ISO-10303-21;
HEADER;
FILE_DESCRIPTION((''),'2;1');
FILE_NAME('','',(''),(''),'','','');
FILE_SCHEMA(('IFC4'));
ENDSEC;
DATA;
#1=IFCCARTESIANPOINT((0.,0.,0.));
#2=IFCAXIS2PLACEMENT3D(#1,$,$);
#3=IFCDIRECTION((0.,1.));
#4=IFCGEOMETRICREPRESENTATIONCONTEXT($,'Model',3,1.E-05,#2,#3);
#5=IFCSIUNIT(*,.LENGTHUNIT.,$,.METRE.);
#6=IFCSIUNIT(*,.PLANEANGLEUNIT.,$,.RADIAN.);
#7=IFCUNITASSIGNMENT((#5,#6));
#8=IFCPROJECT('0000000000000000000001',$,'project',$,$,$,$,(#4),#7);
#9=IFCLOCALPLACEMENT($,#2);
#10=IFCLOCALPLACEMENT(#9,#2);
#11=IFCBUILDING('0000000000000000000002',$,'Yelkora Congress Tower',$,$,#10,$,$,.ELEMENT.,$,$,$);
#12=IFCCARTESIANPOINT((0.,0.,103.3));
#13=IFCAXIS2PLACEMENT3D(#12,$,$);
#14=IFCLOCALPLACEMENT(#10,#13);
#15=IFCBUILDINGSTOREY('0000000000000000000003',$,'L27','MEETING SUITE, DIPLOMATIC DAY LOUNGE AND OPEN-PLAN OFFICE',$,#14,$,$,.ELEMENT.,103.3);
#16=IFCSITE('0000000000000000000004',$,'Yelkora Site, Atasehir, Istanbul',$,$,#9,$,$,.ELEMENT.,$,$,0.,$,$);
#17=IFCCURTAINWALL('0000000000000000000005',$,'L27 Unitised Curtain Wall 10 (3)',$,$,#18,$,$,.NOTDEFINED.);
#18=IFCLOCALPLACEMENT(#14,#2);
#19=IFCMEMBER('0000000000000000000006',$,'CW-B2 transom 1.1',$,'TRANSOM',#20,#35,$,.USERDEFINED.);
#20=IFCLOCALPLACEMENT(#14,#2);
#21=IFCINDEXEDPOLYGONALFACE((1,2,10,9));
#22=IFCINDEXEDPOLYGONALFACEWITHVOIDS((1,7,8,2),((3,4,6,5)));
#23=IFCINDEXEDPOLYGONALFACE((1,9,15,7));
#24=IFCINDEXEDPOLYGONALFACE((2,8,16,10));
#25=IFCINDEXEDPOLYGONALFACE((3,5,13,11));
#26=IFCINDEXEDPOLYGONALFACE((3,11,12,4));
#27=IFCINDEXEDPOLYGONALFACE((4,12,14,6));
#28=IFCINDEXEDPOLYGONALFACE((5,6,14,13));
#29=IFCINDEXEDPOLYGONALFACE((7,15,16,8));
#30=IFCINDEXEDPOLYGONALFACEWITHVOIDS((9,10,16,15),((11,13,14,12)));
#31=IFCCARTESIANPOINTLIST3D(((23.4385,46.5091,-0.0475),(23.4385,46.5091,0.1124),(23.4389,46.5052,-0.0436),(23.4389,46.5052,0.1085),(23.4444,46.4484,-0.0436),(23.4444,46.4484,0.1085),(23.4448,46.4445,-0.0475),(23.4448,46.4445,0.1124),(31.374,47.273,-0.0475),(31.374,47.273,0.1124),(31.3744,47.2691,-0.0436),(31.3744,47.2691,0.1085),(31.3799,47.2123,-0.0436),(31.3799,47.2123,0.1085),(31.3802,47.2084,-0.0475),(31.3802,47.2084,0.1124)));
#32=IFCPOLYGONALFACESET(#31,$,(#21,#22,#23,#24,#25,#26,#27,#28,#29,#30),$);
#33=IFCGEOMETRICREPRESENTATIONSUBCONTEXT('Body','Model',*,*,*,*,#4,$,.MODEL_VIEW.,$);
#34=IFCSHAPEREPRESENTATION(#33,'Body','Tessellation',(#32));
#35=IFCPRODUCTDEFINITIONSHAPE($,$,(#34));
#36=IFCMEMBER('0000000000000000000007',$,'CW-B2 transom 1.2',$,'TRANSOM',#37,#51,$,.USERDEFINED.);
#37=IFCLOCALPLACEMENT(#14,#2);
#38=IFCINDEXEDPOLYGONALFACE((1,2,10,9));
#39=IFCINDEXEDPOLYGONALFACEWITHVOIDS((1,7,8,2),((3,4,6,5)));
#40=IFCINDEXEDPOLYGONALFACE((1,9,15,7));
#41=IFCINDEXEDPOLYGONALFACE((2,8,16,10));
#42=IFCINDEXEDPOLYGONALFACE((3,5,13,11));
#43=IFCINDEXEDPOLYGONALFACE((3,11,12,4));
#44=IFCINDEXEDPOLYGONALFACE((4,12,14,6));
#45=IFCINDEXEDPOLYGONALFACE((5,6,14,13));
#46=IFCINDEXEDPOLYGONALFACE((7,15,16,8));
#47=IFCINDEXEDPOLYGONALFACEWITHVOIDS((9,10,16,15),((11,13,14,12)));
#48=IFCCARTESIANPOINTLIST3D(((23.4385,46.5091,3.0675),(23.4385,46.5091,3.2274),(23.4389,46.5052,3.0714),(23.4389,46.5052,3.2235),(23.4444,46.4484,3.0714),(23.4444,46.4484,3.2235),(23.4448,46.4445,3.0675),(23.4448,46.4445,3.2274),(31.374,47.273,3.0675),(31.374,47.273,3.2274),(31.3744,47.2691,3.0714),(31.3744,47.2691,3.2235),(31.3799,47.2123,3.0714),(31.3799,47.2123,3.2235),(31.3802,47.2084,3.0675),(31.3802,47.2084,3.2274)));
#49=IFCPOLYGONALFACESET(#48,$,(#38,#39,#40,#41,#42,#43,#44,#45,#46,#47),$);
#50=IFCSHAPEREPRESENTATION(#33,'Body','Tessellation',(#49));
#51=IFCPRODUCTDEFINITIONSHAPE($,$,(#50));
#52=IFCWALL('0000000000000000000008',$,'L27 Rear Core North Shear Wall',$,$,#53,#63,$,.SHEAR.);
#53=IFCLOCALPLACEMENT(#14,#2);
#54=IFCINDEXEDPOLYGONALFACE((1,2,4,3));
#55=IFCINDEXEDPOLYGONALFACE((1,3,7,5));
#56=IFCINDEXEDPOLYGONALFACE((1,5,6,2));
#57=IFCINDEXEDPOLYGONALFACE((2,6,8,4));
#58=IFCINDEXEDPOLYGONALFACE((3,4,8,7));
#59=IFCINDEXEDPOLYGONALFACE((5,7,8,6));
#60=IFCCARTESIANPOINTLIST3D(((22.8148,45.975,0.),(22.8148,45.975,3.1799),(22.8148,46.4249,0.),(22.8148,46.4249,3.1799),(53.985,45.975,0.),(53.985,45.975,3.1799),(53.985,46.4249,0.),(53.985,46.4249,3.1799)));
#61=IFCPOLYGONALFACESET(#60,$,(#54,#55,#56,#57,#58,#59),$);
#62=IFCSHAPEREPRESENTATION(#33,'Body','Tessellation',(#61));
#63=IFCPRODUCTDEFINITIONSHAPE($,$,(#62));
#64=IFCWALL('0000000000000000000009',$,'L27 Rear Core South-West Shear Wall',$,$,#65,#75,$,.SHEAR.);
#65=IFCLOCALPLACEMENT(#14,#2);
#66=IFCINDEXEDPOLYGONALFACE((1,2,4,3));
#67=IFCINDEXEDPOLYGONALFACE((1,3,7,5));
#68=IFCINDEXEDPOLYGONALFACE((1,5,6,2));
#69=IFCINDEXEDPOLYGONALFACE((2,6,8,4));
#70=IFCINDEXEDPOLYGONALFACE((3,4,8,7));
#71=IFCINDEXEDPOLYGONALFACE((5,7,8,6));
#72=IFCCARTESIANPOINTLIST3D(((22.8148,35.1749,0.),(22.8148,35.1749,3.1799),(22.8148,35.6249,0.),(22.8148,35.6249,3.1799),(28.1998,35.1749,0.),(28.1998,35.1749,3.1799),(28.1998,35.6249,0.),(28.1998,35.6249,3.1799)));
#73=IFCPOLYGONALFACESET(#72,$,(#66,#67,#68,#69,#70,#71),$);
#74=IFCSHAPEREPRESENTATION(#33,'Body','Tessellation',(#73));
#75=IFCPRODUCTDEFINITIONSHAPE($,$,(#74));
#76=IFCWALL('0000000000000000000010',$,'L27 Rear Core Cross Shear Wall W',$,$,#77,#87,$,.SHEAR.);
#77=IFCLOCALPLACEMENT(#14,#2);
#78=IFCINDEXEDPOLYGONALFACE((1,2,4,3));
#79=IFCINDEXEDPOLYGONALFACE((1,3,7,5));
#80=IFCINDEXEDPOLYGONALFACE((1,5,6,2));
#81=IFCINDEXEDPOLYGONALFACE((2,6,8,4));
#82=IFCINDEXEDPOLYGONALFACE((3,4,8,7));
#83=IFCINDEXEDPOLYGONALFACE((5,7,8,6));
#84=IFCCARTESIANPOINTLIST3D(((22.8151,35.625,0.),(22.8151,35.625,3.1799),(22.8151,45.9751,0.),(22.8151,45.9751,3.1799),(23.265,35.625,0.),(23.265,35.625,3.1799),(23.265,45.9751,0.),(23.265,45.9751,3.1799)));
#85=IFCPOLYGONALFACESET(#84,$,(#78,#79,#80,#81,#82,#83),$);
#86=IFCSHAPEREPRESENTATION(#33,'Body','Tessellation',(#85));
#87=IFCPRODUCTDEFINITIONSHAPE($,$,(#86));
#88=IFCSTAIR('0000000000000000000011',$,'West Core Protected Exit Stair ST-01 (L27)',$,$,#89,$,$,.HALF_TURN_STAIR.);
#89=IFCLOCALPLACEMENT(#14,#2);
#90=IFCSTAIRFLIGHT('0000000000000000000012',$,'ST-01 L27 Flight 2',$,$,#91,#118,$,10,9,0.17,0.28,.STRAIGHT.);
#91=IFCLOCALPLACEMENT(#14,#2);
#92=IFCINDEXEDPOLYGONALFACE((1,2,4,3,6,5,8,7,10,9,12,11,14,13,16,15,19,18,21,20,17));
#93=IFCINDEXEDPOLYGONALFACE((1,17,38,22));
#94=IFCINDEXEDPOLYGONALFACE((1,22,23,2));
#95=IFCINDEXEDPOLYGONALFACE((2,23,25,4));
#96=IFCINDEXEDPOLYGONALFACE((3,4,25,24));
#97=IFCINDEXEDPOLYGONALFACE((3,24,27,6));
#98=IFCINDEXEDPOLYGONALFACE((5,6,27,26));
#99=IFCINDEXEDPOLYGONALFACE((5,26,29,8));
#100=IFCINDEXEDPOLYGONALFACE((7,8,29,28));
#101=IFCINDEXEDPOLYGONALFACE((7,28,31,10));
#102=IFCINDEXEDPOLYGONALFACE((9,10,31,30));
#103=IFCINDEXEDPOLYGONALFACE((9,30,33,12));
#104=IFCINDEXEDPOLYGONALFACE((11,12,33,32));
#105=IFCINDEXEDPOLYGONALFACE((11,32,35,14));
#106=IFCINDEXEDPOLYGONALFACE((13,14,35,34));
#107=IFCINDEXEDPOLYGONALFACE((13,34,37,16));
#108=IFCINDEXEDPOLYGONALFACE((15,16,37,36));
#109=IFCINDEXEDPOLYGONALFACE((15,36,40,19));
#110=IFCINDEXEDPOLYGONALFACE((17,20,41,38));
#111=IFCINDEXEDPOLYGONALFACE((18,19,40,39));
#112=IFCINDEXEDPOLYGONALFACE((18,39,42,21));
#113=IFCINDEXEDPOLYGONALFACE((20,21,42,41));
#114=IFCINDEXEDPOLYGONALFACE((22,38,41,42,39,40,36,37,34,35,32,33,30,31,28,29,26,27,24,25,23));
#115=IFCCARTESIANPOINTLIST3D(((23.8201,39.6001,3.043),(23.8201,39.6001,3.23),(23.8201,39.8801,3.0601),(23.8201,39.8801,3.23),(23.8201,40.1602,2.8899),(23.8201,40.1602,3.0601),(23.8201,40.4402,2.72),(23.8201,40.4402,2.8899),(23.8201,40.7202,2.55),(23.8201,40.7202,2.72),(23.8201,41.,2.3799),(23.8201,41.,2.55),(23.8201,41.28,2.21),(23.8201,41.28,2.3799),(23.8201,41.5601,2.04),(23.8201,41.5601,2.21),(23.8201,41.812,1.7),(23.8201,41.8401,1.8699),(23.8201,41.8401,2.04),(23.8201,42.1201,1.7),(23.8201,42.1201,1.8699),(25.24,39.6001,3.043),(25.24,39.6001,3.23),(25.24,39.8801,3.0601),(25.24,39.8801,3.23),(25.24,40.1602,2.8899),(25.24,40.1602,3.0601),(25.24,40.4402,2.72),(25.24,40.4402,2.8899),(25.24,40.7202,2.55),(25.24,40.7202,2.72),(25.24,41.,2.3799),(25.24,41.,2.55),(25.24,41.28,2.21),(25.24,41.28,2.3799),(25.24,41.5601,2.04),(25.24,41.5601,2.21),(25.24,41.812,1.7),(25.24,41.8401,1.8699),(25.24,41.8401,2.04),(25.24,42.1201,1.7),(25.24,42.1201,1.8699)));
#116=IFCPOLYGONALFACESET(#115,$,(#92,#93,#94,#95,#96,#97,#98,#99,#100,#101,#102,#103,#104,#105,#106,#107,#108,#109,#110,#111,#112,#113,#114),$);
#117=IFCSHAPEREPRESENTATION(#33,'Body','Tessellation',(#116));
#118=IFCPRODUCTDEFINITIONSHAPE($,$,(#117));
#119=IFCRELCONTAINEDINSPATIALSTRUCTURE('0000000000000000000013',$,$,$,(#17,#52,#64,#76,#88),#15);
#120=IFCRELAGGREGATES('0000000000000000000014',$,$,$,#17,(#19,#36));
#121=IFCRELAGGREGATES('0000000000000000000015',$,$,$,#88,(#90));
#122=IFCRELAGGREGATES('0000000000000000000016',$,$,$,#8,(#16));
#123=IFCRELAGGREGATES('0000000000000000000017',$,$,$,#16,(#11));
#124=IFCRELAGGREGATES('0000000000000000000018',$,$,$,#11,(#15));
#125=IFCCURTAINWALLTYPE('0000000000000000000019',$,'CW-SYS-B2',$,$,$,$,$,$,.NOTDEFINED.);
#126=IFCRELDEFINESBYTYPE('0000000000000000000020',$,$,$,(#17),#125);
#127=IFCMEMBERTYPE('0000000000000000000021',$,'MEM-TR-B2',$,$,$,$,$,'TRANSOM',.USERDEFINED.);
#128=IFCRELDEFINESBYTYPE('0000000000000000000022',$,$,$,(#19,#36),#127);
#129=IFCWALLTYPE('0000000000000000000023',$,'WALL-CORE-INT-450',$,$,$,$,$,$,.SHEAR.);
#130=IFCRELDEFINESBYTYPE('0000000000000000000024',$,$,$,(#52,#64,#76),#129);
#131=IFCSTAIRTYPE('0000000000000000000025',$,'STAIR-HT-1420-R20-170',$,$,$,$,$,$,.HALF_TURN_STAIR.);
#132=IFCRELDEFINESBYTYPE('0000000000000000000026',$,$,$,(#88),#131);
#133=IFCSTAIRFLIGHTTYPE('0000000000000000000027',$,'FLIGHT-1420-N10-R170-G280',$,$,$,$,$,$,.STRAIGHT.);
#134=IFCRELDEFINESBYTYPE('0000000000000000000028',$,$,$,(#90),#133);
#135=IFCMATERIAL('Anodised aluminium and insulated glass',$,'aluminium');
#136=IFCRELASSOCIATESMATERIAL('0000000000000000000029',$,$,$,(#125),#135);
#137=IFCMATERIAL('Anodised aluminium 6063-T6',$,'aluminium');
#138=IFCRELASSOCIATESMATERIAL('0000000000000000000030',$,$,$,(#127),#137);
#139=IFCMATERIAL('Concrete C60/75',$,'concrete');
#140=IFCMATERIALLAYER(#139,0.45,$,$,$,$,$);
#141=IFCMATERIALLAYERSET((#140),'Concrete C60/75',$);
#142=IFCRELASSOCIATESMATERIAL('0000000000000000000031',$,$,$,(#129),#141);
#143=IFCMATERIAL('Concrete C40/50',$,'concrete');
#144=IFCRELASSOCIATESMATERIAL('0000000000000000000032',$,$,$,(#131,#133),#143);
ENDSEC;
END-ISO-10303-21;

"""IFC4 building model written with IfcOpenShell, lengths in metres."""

from ifc_helpers import new_model, si_unit, direction, frame, frame_2d, origin, origin_2d, place, context, subcontext, project, spatial, polyline, rectangle, hollow_rectangle, outline, extrude, material, layer, layer_set, material_profile, profile_set, type_object, element, aggregate, save


model = new_model("IFC4")

# Units and contexts
model_context = context("Model", 3, precision=1e-05, world=origin(), true_north=direction((0.0, 1.0)))
body_context = subcontext(model_context, "Body", "Model", "MODEL_VIEW")
ifc_project = project(units=[si_unit("LENGTHUNIT", "METRE"), si_unit("PLANEANGLEUNIT", "RADIAN")], contexts=[model_context])

# Site, building, storey
site_placement = place(None, origin())
site = spatial("IfcSite", under=ifc_project, at=site_placement, Name="Yelkora Site, Atasehir, Istanbul", CompositionType="ELEMENT", RefElevation=0.0)
building_placement = place(site_placement, origin())
building = spatial("IfcBuilding", under=site, at=building_placement, Name="Yelkora Congress Tower", CompositionType="ELEMENT")
storey_placement = place(building_placement, frame((0.0, 0.0, 103.3)))
storey = spatial("IfcBuildingStorey", under=building, at=storey_placement, Name="L27", Description="MEETING SUITE, DIPLOMATIC DAY LOUNGE AND OPEN-PLAN OFFICE", CompositionType="ELEMENT", Elevation=103.3)

# Shared definitions
ifc_material_1 = material(Name="Anodised aluminium and insulated glass", Category="aluminium")
curtain_wall_type = type_object("IfcCurtainWallType", Name="CW-SYS-B2", PredefinedType="NOTDEFINED", material=ifc_material_1)
ifc_material_2 = material(Name="Anodised aluminium 6063-T6", Category="aluminium")

# Curtain wall, members
curtain_wall_1_placement = place(storey_placement, origin())
curtain_wall_1 = element("IfcCurtainWall", 1, at=curtain_wall_1_placement, inside=storey, type_object=curtain_wall_type, Name="L27 Unitised Curtain Wall 10 (3)", PredefinedType="NOTDEFINED")
ifc_material_profile_1 = material_profile(ifc_material_2, hollow_rectangle(XDim=0.0649, YDim=0.1599, WallThickness=0.0039, at=origin_2d()), Name="ALU 65x160x4")
ifc_profile_set_1 = profile_set([ifc_material_profile_1], Name="Anodised aluminium 6063-T6")
member_type_1 = type_object("IfcMemberType", Name="MEM-TR-B2", ElementType="TRANSOM", PredefinedType="USERDEFINED", material=ifc_profile_set_1)
member_1_placement = place(storey_placement, frame((23.4417, 46.4768, 0.0325), z_axis=(0.995398, 0.095822, 0.0), x_axis=(-0.095822, 0.995398, 0.0)))
member_1 = element("IfcMember", 2, at=member_1_placement, type_object=member_type_1, Name="CW-B2 transom 1.1", ObjectType="TRANSOM", PredefinedType="USERDEFINED", context=body_context, shape_type="SweptSolid", body=[
    extrude(hollow_rectangle(XDim=0.0649, YDim=0.1599, WallThickness=0.0039, at=origin_2d()), origin(), (0.0, 0.0, 1.0), 7.9722),
])
member_2_placement = place(storey_placement, frame((23.4417, 46.4768, 3.1475), z_axis=(0.995398, 0.095822, 0.0), x_axis=(-0.095822, 0.995398, 0.0)))
member_2 = element("IfcMember", 3, at=member_2_placement, type_object=member_type_1, Name="CW-B2 transom 1.2", ObjectType="TRANSOM", PredefinedType="USERDEFINED", context=body_context, shape_type="SweptSolid", body=[
    extrude(hollow_rectangle(XDim=0.0649, YDim=0.1599, WallThickness=0.0039, at=origin_2d()), origin(), (0.0, 0.0, 1.0), 7.9722),
])
aggregate(curtain_wall_1, [member_1, member_2])

# Walls
ifc_material_3 = material(Name="Concrete C60/75", Category="concrete")
ifc_layer_1 = layer(ifc_material_3, 0.45)
ifc_layer_set_1 = layer_set([ifc_layer_1], Name="Concrete C60/75")
wall_type_1 = type_object("IfcWallType", Name="WALL-CORE-INT-450", PredefinedType="SHEAR", material=ifc_layer_set_1)
wall_1_placement = place(storey_placement, frame((22.8149, 46.2, 0.0), z_axis=(0.0, 0.0, 1.0), x_axis=(1.0, 0.0, 0.0)))
element("IfcWall", 4, at=wall_1_placement, inside=storey, type_object=wall_type_1, Name="L27 Rear Core North Shear Wall", PredefinedType="SHEAR", context=body_context, shape_type="SweptSolid", body=[
    extrude(rectangle(XDim=31.1702, YDim=0.45, at=frame_2d((15.585, 0.0))), origin(), (0.0, 0.0, 1.0), 3.1799),
])
wall_2_placement = place(storey_placement, frame((22.8149, 35.3999, 0.0), z_axis=(0.0, 0.0, 1.0), x_axis=(1.0, 0.0, 0.0)))
element("IfcWall", 5, at=wall_2_placement, inside=storey, type_object=wall_type_1, Name="L27 Rear Core South-West Shear Wall", PredefinedType="SHEAR", context=body_context, shape_type="SweptSolid", body=[
    extrude(rectangle(XDim=5.385, YDim=0.45, at=frame_2d((2.6924, 0.0))), origin(), (0.0, 0.0, 1.0), 3.1799),
])
wall_3_placement = place(storey_placement, frame((23.04, 35.625, 0.0), z_axis=(0.0, 0.0, 1.0), x_axis=(0.0, 1.0, 0.0)))
element("IfcWall", 6, at=wall_3_placement, inside=storey, type_object=wall_type_1, Name="L27 Rear Core Cross Shear Wall W", PredefinedType="SHEAR", context=body_context, shape_type="SweptSolid", body=[
    extrude(rectangle(XDim=10.3501, YDim=0.45, at=frame_2d((5.175, 0.0))), origin(), (0.0, 0.0, 1.0), 3.1799),
])

# Stair, stair flight
ifc_material_4 = material(Name="Concrete C40/50", Category="concrete")
stair_type = type_object("IfcStairType", Name="STAIR-HT-1420-R20-170", PredefinedType="HALF_TURN_STAIR", material=ifc_material_4)
stair_placement = place(storey_placement, origin())
stair = element("IfcStair", 7, at=stair_placement, inside=storey, type_object=stair_type, Name="West Core Protected Exit Stair ST-01 (L27)", PredefinedType="HALF_TURN_STAIR")
stair_flight_type = type_object("IfcStairFlightType", Name="FLIGHT-1420-N10-R170-G280", PredefinedType="STRAIGHT", material=ifc_material_4)
stair_flight_placement = place(storey_placement, frame((24.53, 42.1201, 1.7), z_axis=(0.0, 0.0, 1.0), x_axis=(0.0, -1.0, 0.0)))
stair_flight = element("IfcStairFlight", 8, at=stair_flight_placement, type_object=stair_flight_type, Name="ST-01 L27 Flight 2", NumberOfRisers=10, NumberOfTreads=9, PredefinedType="STRAIGHT", RiserHeight=0.17, TreadLength=0.28, context=body_context, shape_type="SweptSolid", body=[
    extrude(outline(polyline([(0.0, 0.0), (0.0, 0.1699), (0.28, 0.1699), (0.28, 0.3401), (0.5601, 0.3401), (0.5601, 0.51), (0.8401, 0.51), (0.8401, 0.6799), (1.1201, 0.6799), (1.1201, 0.8501), (1.3999, 0.8501), (1.3999, 1.02), (1.6799, 1.02), (1.6799, 1.1899), (1.96, 1.1899), (1.96, 1.3601), (2.24, 1.3601), (2.24, 1.53), (2.52, 1.53), (2.52, 1.7), (2.52, 1.343), (0.3081, 0.0), (0.0, 0.0)])), frame((0.0, 0.71, 0.0), z_axis=(0.0, -1.0, 0.0), x_axis=(1.0, 0.0, 0.0)), (0.0, 0.0, 1.0), 1.4199),
])
aggregate(stair, [stair_flight])

save(model, "model.ifc")
